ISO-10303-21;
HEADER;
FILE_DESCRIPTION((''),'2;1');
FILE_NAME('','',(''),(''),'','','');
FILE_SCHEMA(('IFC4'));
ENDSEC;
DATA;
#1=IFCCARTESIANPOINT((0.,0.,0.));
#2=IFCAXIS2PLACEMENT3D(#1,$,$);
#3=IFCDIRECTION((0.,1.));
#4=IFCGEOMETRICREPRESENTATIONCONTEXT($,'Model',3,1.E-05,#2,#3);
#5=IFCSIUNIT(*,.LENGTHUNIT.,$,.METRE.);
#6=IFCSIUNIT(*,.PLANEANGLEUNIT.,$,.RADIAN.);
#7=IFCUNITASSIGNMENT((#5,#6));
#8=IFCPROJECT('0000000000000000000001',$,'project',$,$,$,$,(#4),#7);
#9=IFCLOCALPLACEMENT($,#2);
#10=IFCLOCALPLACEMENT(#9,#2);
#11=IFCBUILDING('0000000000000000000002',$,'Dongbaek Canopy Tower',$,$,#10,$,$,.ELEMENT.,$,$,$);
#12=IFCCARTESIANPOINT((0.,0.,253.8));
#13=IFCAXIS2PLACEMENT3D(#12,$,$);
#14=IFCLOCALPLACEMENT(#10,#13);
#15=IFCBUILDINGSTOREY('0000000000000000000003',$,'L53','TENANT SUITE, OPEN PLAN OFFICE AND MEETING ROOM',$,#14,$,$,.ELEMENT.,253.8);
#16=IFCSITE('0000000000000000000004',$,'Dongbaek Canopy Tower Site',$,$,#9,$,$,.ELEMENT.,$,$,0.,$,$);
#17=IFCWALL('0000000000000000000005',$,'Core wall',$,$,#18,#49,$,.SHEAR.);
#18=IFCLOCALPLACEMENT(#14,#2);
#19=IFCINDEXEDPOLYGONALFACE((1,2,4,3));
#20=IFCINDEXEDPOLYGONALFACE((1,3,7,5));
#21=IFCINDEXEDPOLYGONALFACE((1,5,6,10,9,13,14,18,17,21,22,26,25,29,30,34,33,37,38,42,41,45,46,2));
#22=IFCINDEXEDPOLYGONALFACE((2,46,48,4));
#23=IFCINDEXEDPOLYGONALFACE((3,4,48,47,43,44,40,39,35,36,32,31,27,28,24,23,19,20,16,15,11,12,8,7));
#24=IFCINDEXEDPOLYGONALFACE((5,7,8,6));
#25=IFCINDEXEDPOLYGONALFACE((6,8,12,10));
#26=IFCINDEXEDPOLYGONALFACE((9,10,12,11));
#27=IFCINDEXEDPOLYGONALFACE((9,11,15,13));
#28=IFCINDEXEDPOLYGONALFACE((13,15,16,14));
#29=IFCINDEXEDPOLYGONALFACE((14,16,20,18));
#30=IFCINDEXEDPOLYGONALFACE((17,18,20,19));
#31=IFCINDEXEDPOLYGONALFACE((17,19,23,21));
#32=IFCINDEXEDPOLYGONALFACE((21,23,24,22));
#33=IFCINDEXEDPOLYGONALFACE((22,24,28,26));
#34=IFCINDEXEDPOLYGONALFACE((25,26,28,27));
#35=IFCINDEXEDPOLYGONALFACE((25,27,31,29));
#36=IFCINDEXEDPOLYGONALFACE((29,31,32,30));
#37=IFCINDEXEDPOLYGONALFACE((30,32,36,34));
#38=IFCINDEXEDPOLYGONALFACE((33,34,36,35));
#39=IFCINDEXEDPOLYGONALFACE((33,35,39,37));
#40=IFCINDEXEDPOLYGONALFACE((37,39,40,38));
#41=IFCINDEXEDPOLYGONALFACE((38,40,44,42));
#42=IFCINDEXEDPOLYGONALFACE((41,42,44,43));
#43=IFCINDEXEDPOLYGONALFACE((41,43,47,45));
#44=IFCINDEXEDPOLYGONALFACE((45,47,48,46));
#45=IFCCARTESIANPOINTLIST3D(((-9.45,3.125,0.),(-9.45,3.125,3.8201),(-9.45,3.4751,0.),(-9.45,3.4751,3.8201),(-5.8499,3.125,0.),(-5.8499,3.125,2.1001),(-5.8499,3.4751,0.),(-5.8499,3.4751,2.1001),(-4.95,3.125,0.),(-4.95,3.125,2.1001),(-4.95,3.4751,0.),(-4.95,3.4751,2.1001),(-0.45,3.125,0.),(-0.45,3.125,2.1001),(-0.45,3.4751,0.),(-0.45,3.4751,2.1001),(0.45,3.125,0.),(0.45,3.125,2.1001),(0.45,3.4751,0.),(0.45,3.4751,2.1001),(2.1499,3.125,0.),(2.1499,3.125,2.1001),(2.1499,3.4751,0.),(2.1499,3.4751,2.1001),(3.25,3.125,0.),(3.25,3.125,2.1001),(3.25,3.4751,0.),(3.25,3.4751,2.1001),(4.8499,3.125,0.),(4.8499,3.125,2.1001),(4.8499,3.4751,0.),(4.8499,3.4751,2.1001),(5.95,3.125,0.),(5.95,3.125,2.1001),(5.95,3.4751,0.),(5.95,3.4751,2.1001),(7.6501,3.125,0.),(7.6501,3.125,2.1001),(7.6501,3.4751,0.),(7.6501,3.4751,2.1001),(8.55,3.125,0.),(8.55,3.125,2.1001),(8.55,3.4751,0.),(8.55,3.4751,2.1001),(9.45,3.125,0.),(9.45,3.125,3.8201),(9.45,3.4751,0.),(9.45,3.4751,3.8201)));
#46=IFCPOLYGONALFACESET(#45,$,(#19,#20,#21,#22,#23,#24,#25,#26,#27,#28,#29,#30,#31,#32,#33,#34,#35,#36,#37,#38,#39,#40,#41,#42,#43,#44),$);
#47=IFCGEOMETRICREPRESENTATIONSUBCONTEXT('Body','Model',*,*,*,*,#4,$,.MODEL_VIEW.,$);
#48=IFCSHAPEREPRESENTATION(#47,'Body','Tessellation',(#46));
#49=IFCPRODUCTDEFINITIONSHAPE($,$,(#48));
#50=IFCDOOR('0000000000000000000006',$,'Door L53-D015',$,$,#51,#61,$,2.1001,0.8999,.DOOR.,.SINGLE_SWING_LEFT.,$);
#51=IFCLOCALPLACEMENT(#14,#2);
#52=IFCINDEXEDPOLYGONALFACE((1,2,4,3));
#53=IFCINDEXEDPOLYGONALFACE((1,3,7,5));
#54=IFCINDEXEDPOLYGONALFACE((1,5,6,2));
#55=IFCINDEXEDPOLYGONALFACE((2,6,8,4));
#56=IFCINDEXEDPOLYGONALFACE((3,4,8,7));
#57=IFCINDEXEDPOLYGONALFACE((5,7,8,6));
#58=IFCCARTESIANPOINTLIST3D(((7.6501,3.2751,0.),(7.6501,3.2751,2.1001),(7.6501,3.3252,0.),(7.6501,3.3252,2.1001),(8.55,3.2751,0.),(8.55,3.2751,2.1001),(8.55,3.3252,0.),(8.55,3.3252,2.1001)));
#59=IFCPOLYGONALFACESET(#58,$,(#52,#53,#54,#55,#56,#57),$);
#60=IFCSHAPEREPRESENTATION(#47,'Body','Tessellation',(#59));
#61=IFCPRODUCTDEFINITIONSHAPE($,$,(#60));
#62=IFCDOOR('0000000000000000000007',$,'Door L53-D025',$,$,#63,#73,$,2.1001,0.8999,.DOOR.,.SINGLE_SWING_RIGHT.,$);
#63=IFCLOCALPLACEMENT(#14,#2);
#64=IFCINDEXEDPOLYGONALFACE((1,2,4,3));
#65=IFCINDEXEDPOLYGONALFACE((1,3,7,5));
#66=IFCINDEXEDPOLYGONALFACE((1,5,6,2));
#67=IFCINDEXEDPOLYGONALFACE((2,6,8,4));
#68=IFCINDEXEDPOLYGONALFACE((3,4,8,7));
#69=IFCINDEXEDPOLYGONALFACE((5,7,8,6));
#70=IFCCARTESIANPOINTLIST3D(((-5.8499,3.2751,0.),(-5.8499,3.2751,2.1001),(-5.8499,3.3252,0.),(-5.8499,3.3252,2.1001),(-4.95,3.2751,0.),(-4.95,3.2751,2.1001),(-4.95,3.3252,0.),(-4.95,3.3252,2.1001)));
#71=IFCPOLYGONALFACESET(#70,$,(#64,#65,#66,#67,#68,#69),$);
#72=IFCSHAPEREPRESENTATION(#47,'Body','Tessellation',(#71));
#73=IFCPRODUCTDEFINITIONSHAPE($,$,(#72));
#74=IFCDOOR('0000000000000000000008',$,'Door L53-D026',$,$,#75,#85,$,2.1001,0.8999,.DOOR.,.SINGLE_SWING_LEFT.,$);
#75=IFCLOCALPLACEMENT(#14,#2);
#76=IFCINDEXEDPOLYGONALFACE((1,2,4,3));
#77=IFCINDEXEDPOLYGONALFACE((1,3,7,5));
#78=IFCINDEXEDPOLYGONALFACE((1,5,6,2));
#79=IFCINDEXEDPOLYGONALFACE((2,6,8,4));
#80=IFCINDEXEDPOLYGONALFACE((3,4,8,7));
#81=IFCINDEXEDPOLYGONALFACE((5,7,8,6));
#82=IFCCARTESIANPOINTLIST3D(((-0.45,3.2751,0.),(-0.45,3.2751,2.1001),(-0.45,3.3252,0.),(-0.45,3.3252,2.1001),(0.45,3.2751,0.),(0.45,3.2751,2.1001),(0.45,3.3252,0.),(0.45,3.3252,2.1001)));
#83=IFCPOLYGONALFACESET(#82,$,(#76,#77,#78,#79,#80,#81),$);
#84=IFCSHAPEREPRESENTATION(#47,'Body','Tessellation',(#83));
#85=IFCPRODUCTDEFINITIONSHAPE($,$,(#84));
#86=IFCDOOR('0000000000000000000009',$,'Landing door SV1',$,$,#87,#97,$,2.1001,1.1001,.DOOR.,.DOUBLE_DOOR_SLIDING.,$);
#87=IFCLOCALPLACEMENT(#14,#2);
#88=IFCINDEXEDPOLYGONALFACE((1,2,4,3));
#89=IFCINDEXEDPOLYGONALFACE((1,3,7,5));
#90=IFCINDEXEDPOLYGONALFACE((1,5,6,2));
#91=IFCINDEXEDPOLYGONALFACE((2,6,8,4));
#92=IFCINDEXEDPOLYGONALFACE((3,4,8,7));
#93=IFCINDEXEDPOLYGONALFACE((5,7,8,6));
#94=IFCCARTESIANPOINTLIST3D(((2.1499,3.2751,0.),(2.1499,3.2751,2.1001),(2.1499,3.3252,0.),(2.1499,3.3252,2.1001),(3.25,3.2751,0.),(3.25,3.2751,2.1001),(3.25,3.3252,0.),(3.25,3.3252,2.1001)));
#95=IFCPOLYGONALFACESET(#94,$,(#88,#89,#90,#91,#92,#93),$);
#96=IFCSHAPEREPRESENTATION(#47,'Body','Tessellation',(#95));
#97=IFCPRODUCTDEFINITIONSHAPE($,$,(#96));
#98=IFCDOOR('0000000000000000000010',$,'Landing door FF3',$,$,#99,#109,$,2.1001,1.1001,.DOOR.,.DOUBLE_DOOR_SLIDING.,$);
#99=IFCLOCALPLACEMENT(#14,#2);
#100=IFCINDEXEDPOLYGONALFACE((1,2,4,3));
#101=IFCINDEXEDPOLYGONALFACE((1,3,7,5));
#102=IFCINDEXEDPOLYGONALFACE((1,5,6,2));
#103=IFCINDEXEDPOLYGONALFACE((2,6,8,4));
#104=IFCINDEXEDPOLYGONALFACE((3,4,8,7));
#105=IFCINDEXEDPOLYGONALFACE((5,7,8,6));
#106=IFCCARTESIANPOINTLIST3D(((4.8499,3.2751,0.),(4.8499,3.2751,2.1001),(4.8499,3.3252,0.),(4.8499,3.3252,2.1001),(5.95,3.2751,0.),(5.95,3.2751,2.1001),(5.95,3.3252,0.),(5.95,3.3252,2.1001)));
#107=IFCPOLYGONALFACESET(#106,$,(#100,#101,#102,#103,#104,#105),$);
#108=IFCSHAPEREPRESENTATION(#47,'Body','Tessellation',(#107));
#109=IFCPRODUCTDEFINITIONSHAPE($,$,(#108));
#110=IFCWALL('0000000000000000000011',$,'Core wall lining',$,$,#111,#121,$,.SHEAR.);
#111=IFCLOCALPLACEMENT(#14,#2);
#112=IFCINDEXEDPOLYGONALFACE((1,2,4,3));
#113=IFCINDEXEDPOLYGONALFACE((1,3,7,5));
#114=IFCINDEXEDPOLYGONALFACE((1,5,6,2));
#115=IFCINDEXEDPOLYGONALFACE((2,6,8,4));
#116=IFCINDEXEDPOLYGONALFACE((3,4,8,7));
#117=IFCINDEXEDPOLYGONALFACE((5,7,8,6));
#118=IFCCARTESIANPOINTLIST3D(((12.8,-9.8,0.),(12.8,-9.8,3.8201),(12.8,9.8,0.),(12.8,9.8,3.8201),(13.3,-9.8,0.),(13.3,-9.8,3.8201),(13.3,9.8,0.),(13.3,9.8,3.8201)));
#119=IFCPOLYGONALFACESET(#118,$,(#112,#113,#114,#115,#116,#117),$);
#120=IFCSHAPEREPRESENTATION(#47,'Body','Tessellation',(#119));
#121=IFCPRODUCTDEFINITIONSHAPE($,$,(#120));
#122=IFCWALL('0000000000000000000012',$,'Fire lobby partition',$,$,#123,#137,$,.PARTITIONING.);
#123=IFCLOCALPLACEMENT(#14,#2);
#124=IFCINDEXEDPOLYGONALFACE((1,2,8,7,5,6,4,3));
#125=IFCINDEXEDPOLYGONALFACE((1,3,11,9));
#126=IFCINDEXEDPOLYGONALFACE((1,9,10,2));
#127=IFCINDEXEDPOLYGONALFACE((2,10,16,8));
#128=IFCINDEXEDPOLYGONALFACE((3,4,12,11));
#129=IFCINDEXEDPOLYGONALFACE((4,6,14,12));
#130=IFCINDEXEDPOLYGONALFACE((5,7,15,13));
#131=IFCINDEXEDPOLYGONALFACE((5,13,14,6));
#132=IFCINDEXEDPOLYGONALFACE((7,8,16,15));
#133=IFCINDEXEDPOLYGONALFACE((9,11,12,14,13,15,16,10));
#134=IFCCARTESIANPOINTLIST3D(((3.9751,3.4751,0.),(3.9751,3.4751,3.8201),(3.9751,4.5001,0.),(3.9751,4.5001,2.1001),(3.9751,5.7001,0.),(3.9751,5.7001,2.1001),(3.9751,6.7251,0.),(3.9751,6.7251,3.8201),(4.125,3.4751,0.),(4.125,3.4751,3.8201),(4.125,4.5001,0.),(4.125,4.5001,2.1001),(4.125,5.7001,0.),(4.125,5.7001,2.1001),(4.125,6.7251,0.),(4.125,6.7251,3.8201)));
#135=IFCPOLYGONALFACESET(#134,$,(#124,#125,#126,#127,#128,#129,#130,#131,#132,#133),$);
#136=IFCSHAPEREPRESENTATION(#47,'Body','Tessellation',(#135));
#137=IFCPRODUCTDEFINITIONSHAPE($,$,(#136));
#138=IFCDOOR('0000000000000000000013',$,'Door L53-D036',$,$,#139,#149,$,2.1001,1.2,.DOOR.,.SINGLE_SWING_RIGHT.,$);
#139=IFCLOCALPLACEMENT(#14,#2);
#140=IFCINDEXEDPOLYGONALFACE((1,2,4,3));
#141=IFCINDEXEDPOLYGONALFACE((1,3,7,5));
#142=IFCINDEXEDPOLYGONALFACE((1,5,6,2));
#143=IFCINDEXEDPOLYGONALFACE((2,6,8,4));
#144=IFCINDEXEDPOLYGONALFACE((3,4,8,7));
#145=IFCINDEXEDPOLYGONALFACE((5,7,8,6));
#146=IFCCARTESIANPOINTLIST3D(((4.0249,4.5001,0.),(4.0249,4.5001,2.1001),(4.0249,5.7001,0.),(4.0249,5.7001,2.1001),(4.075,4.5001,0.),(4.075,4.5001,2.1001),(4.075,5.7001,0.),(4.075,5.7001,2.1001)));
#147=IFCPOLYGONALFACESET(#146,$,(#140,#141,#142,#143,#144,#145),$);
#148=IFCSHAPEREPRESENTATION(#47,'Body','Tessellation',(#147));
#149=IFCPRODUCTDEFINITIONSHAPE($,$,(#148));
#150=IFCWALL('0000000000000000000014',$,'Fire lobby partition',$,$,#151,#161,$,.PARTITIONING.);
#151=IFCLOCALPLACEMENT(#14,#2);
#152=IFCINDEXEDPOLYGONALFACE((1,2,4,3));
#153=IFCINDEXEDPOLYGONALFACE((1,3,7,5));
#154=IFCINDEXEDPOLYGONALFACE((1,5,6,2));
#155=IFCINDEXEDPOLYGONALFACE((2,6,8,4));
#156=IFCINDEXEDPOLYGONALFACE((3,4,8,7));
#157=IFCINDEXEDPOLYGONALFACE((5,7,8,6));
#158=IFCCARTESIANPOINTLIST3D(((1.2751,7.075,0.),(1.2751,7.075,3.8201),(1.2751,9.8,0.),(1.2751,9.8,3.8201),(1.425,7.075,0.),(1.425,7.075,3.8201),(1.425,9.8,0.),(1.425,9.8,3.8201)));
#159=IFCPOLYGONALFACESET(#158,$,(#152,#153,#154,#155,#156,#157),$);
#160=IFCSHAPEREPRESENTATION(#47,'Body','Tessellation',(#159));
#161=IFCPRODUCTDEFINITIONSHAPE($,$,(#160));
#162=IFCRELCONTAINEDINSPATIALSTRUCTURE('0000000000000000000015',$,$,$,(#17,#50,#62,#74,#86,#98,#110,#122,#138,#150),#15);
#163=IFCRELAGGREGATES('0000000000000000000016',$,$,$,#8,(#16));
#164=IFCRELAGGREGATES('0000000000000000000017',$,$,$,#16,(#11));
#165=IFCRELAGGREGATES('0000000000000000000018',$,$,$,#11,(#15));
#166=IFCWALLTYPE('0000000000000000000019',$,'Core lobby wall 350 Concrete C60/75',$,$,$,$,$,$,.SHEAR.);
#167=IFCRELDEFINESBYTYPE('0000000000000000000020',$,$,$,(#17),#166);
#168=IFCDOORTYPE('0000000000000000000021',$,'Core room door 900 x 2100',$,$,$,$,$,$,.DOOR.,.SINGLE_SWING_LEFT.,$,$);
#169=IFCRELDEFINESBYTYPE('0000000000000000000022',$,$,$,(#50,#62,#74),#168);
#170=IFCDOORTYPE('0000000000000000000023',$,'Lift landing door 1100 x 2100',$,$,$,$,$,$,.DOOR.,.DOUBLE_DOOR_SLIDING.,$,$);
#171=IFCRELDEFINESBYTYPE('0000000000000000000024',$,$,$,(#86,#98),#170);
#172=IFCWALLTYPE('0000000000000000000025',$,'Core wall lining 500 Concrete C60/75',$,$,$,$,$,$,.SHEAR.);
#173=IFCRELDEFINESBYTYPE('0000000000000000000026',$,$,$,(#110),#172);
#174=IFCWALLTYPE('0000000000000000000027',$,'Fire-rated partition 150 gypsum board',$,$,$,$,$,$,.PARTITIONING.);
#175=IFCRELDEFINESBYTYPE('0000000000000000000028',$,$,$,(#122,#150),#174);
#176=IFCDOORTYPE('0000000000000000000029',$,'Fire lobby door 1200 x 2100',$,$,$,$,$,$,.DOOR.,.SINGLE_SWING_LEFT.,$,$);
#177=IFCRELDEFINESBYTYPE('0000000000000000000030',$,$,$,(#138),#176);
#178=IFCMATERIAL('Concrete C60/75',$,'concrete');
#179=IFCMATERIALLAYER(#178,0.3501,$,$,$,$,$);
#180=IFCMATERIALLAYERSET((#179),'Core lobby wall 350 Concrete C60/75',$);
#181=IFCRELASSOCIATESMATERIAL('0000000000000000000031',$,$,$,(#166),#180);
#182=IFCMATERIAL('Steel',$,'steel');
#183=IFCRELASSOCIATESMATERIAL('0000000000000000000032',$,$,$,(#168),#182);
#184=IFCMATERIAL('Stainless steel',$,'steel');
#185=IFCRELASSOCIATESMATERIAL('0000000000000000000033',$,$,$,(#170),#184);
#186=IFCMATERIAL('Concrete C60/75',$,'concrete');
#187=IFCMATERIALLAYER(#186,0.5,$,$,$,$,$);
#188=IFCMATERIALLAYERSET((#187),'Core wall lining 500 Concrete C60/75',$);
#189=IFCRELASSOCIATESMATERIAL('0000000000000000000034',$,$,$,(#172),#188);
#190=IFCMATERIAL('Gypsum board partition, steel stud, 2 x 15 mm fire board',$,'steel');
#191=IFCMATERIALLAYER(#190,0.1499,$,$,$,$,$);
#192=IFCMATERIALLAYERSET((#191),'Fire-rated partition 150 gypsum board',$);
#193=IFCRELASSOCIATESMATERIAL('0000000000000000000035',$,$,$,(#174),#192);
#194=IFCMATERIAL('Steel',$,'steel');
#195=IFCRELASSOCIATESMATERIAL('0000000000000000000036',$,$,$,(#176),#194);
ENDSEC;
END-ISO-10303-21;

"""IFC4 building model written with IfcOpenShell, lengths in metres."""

from ifc_helpers import new_model, si_unit, direction, frame, frame_2d, origin, place, context, subcontext, project, spatial, rectangle, extrude, material, layer, layer_set, type_object, element, fill, save


model = new_model("IFC4")

# Units and contexts
model_context = context("Model", 3, precision=1e-05, world=origin(), true_north=direction((0.0, 1.0)))
body_context = subcontext(model_context, "Body", "Model", "MODEL_VIEW")
ifc_project = project(units=[si_unit("LENGTHUNIT", "METRE"), si_unit("PLANEANGLEUNIT", "RADIAN")], contexts=[model_context])

# Site, building, storey
site_placement = place(None, origin())
site = spatial("IfcSite", under=ifc_project, at=site_placement, Name="Dongbaek Canopy Tower Site", CompositionType="ELEMENT", RefElevation=0.0)
building_placement = place(site_placement, origin())
building = spatial("IfcBuilding", under=site, at=building_placement, Name="Dongbaek Canopy Tower", CompositionType="ELEMENT")
storey_placement = place(building_placement, frame((0.0, 0.0, 253.8)))
storey = spatial("IfcBuildingStorey", under=building, at=storey_placement, Name="L53", Description="TENANT SUITE, OPEN PLAN OFFICE AND MEETING ROOM", CompositionType="ELEMENT", Elevation=253.8)

# Wall, openings, doors
ifc_material_1 = material(Name="Concrete C60/75", Category="concrete")
ifc_layer_1 = layer(ifc_material_1, 0.3501)
ifc_layer_set_1 = layer_set([ifc_layer_1], Name="Core lobby wall 350 Concrete C60/75")
wall_type_1 = type_object("IfcWallType", Name="Core lobby wall 350 Concrete C60/75", PredefinedType="SHEAR", material=ifc_layer_set_1)
wall_1_placement = place(storey_placement, frame((9.45, 3.3, 0.0), z_axis=(0.0, 0.0, 1.0), x_axis=(-1.0, 0.0, 0.0)))
wall_1 = element("IfcWall", 1, at=wall_1_placement, inside=storey, type_object=wall_type_1, Name="Core wall", PredefinedType="SHEAR", context=body_context, shape_type="SweptSolid", body=[
    extrude(rectangle(XDim=18.8999, YDim=0.3501, at=frame_2d((9.45, 0.0))), origin(), (0.0, 0.0, 1.0), 3.8201),
])
opening_1_placement = place(wall_1_placement, frame((6.2, 0.0, 0.0)))
opening_1 = element("IfcOpeningElement", 2, at=opening_1_placement, cuts=wall_1, PredefinedType="OPENING", context=body_context, shape_type="SweptSolid", body=[
    extrude(rectangle(XDim=1.1001, YDim=2.1001, at=frame_2d((0.55, 1.05))), frame((0.0, 0.1851, 0.0), z_axis=(0.0, -1.0, 0.0), x_axis=(1.0, 0.0, 0.0)), (0.0, 0.0, 1.0), 0.3701),
])
opening_2_placement = place(wall_1_placement, frame((3.5, 0.0, 0.0)))
opening_2 = element("IfcOpeningElement", 3, at=opening_2_placement, cuts=wall_1, PredefinedType="OPENING", context=body_context, shape_type="SweptSolid", body=[
    extrude(rectangle(XDim=1.1001, YDim=2.1001, at=frame_2d((0.55, 1.05))), frame((0.0, 0.1851, 0.0), z_axis=(0.0, -1.0, 0.0), x_axis=(1.0, 0.0, 0.0)), (0.0, 0.0, 1.0), 0.3701),
])
opening_3_placement = place(wall_1_placement, frame((0.8999, 0.0, 0.0)))
opening_3 = element("IfcOpeningElement", 4, at=opening_3_placement, cuts=wall_1, PredefinedType="OPENING", context=body_context, shape_type="SweptSolid", body=[
    extrude(rectangle(XDim=0.8999, YDim=2.1001, at=frame_2d((0.45, 1.05))), frame((0.0, 0.1851, 0.0), z_axis=(0.0, -1.0, 0.0), x_axis=(1.0, 0.0, 0.0)), (0.0, 0.0, 1.0), 0.3701),
])
opening_4_placement = place(wall_1_placement, frame((14.3999, 0.0, 0.0)))
opening_4 = element("IfcOpeningElement", 5, at=opening_4_placement, cuts=wall_1, PredefinedType="OPENING", context=body_context, shape_type="SweptSolid", body=[
    extrude(rectangle(XDim=0.8999, YDim=2.1001, at=frame_2d((0.45, 1.05))), frame((0.0, 0.1851, 0.0), z_axis=(0.0, -1.0, 0.0), x_axis=(1.0, 0.0, 0.0)), (0.0, 0.0, 1.0), 0.3701),
])
opening_5_placement = place(wall_1_placement, frame((9.0, 0.0, 0.0)))
opening_5 = element("IfcOpeningElement", 6, at=opening_5_placement, cuts=wall_1, PredefinedType="OPENING", context=body_context, shape_type="SweptSolid", body=[
    extrude(rectangle(XDim=0.8999, YDim=2.1001, at=frame_2d((0.45, 1.05))), frame((0.0, 0.1851, 0.0), z_axis=(0.0, -1.0, 0.0), x_axis=(1.0, 0.0, 0.0)), (0.0, 0.0, 1.0), 0.3701),
])
ifc_material_2 = material(Name="Steel", Category="steel")
door_type_1 = type_object("IfcDoorType", Name="Core room door 900 x 2100", OperationType="SINGLE_SWING_LEFT", PredefinedType="DOOR", material=ifc_material_2)
door_1_placement = place(opening_3_placement, origin())
door_1 = element("IfcDoor", 7, at=door_1_placement, inside=storey, type_object=door_type_1, Name="Door L53-D015", OperationType="SINGLE_SWING_LEFT", OverallHeight=2.1001, OverallWidth=0.8999, PredefinedType="DOOR", context=body_context, shape_type="SweptSolid", body=[
    extrude(rectangle(XDim=0.8999, YDim=2.1001, at=frame_2d((0.45, 1.05))), frame((0.0, 0.0249, 0.0), z_axis=(0.0, -1.0, 0.0), x_axis=(1.0, 0.0, 0.0)), (0.0, 0.0, 1.0), 0.05),
])
fill(opening_3, door_1)
door_2_placement = place(opening_4_placement, origin())
door_2 = element("IfcDoor", 8, at=door_2_placement, inside=storey, type_object=door_type_1, Name="Door L53-D025", OperationType="SINGLE_SWING_RIGHT", OverallHeight=2.1001, OverallWidth=0.8999, PredefinedType="DOOR", context=body_context, shape_type="SweptSolid", body=[
    extrude(rectangle(XDim=0.8999, YDim=2.1001, at=frame_2d((0.45, 1.05))), frame((0.0, 0.0249, 0.0), z_axis=(0.0, -1.0, 0.0), x_axis=(1.0, 0.0, 0.0)), (0.0, 0.0, 1.0), 0.05),
])
fill(opening_4, door_2)
door_3_placement = place(opening_5_placement, origin())
door_3 = element("IfcDoor", 9, at=door_3_placement, inside=storey, type_object=door_type_1, Name="Door L53-D026", OperationType="SINGLE_SWING_LEFT", OverallHeight=2.1001, OverallWidth=0.8999, PredefinedType="DOOR", context=body_context, shape_type="SweptSolid", body=[
    extrude(rectangle(XDim=0.8999, YDim=2.1001, at=frame_2d((0.45, 1.05))), frame((0.0, 0.0249, 0.0), z_axis=(0.0, -1.0, 0.0), x_axis=(1.0, 0.0, 0.0)), (0.0, 0.0, 1.0), 0.05),
])
fill(opening_5, door_3)
ifc_material_3 = material(Name="Stainless steel", Category="steel")
door_type_2 = type_object("IfcDoorType", Name="Lift landing door 1100 x 2100", OperationType="DOUBLE_DOOR_SLIDING", PredefinedType="DOOR", material=ifc_material_3)
door_4_placement = place(opening_1_placement, origin())
door_4 = element("IfcDoor", 10, at=door_4_placement, inside=storey, type_object=door_type_2, Name="Landing door SV1", OperationType="DOUBLE_DOOR_SLIDING", OverallHeight=2.1001, OverallWidth=1.1001, PredefinedType="DOOR", context=body_context, shape_type="SweptSolid", body=[
    extrude(rectangle(XDim=1.1001, YDim=2.1001, at=frame_2d((0.55, 1.05))), frame((0.0, 0.0249, 0.0), z_axis=(0.0, -1.0, 0.0), x_axis=(1.0, 0.0, 0.0)), (0.0, 0.0, 1.0), 0.05),
])
fill(opening_1, door_4)
door_5_placement = place(opening_2_placement, origin())
door_5 = element("IfcDoor", 11, at=door_5_placement, inside=storey, type_object=door_type_2, Name="Landing door FF3", OperationType="DOUBLE_DOOR_SLIDING", OverallHeight=2.1001, OverallWidth=1.1001, PredefinedType="DOOR", context=body_context, shape_type="SweptSolid", body=[
    extrude(rectangle(XDim=1.1001, YDim=2.1001, at=frame_2d((0.55, 1.05))), frame((0.0, 0.0249, 0.0), z_axis=(0.0, -1.0, 0.0), x_axis=(1.0, 0.0, 0.0)), (0.0, 0.0, 1.0), 0.05),
])
fill(opening_2, door_5)

# Wall
ifc_material_4 = material(Name="Concrete C60/75", Category="concrete")
ifc_layer_2 = layer(ifc_material_4, 0.5)
ifc_layer_set_2 = layer_set([ifc_layer_2], Name="Core wall lining 500 Concrete C60/75")
wall_type_2 = type_object("IfcWallType", Name="Core wall lining 500 Concrete C60/75", PredefinedType="SHEAR", material=ifc_layer_set_2)
wall_2_placement = place(storey_placement, frame((13.05, 9.8, 0.0), z_axis=(0.0, 0.0, 1.0), x_axis=(0.0, -1.0, 0.0)))
element("IfcWall", 12, at=wall_2_placement, inside=storey, type_object=wall_type_2, Name="Core wall lining", PredefinedType="SHEAR", context=body_context, shape_type="SweptSolid", body=[
    extrude(rectangle(XDim=19.6001, YDim=0.5, at=frame_2d((9.8, 0.0))), origin(), (0.0, 0.0, 1.0), 3.8201),
])

# Wall, opening, door
ifc_material_5 = material(Name="Gypsum board partition, steel stud, 2 x 15 mm fire board", Category="steel")
ifc_layer_3 = layer(ifc_material_5, 0.1499)
ifc_layer_set_3 = layer_set([ifc_layer_3], Name="Fire-rated partition 150 gypsum board")
wall_type_3 = type_object("IfcWallType", Name="Fire-rated partition 150 gypsum board", PredefinedType="PARTITIONING", material=ifc_layer_set_3)
wall_3_placement = place(storey_placement, frame((4.05, 6.7251, 0.0), z_axis=(0.0, 0.0, 1.0), x_axis=(0.0, -1.0, 0.0)))
wall_3 = element("IfcWall", 13, at=wall_3_placement, inside=storey, type_object=wall_type_3, Name="Fire lobby partition", PredefinedType="PARTITIONING", context=body_context, shape_type="SweptSolid", body=[
    extrude(rectangle(XDim=3.25, YDim=0.1499, at=frame_2d((1.625, 0.0))), origin(), (0.0, 0.0, 1.0), 3.8201),
])
opening_6_placement = place(wall_3_placement, frame((1.0249, 0.0, 0.0)))
opening_6 = element("IfcOpeningElement", 14, at=opening_6_placement, cuts=wall_3, PredefinedType="OPENING", context=body_context, shape_type="SweptSolid", body=[
    extrude(rectangle(XDim=1.2, YDim=2.1001, at=frame_2d((0.6001, 1.05))), frame((0.0, 0.085, 0.0), z_axis=(0.0, -1.0, 0.0), x_axis=(1.0, 0.0, 0.0)), (0.0, 0.0, 1.0), 0.1699),
])
ifc_material_6 = material(Name="Steel", Category="steel")
door_type_3 = type_object("IfcDoorType", Name="Fire lobby door 1200 x 2100", OperationType="SINGLE_SWING_LEFT", PredefinedType="DOOR", material=ifc_material_6)
door_6_placement = place(opening_6_placement, origin())
door_6 = element("IfcDoor", 15, at=door_6_placement, inside=storey, type_object=door_type_3, Name="Door L53-D036", OperationType="SINGLE_SWING_RIGHT", OverallHeight=2.1001, OverallWidth=1.2, PredefinedType="DOOR", context=body_context, shape_type="SweptSolid", body=[
    extrude(rectangle(XDim=1.2, YDim=2.1001, at=frame_2d((0.6001, 1.05))), frame((0.0, 0.0249, 0.0), z_axis=(0.0, -1.0, 0.0), x_axis=(1.0, 0.0, 0.0)), (0.0, 0.0, 1.0), 0.05),
])
fill(opening_6, door_6)

# Wall
wall_4_placement = place(storey_placement, frame((1.3501, 7.075, 0.0), z_axis=(0.0, 0.0, 1.0), x_axis=(0.0, 1.0, 0.0)))
element("IfcWall", 16, at=wall_4_placement, inside=storey, type_object=wall_type_3, Name="Fire lobby partition", PredefinedType="PARTITIONING", context=body_context, shape_type="SweptSolid", body=[
    extrude(rectangle(XDim=2.7251, YDim=0.1499, at=frame_2d((1.3625, 0.0))), origin(), (0.0, 0.0, 1.0), 3.8201),
])

save(model, "model.ifc")
